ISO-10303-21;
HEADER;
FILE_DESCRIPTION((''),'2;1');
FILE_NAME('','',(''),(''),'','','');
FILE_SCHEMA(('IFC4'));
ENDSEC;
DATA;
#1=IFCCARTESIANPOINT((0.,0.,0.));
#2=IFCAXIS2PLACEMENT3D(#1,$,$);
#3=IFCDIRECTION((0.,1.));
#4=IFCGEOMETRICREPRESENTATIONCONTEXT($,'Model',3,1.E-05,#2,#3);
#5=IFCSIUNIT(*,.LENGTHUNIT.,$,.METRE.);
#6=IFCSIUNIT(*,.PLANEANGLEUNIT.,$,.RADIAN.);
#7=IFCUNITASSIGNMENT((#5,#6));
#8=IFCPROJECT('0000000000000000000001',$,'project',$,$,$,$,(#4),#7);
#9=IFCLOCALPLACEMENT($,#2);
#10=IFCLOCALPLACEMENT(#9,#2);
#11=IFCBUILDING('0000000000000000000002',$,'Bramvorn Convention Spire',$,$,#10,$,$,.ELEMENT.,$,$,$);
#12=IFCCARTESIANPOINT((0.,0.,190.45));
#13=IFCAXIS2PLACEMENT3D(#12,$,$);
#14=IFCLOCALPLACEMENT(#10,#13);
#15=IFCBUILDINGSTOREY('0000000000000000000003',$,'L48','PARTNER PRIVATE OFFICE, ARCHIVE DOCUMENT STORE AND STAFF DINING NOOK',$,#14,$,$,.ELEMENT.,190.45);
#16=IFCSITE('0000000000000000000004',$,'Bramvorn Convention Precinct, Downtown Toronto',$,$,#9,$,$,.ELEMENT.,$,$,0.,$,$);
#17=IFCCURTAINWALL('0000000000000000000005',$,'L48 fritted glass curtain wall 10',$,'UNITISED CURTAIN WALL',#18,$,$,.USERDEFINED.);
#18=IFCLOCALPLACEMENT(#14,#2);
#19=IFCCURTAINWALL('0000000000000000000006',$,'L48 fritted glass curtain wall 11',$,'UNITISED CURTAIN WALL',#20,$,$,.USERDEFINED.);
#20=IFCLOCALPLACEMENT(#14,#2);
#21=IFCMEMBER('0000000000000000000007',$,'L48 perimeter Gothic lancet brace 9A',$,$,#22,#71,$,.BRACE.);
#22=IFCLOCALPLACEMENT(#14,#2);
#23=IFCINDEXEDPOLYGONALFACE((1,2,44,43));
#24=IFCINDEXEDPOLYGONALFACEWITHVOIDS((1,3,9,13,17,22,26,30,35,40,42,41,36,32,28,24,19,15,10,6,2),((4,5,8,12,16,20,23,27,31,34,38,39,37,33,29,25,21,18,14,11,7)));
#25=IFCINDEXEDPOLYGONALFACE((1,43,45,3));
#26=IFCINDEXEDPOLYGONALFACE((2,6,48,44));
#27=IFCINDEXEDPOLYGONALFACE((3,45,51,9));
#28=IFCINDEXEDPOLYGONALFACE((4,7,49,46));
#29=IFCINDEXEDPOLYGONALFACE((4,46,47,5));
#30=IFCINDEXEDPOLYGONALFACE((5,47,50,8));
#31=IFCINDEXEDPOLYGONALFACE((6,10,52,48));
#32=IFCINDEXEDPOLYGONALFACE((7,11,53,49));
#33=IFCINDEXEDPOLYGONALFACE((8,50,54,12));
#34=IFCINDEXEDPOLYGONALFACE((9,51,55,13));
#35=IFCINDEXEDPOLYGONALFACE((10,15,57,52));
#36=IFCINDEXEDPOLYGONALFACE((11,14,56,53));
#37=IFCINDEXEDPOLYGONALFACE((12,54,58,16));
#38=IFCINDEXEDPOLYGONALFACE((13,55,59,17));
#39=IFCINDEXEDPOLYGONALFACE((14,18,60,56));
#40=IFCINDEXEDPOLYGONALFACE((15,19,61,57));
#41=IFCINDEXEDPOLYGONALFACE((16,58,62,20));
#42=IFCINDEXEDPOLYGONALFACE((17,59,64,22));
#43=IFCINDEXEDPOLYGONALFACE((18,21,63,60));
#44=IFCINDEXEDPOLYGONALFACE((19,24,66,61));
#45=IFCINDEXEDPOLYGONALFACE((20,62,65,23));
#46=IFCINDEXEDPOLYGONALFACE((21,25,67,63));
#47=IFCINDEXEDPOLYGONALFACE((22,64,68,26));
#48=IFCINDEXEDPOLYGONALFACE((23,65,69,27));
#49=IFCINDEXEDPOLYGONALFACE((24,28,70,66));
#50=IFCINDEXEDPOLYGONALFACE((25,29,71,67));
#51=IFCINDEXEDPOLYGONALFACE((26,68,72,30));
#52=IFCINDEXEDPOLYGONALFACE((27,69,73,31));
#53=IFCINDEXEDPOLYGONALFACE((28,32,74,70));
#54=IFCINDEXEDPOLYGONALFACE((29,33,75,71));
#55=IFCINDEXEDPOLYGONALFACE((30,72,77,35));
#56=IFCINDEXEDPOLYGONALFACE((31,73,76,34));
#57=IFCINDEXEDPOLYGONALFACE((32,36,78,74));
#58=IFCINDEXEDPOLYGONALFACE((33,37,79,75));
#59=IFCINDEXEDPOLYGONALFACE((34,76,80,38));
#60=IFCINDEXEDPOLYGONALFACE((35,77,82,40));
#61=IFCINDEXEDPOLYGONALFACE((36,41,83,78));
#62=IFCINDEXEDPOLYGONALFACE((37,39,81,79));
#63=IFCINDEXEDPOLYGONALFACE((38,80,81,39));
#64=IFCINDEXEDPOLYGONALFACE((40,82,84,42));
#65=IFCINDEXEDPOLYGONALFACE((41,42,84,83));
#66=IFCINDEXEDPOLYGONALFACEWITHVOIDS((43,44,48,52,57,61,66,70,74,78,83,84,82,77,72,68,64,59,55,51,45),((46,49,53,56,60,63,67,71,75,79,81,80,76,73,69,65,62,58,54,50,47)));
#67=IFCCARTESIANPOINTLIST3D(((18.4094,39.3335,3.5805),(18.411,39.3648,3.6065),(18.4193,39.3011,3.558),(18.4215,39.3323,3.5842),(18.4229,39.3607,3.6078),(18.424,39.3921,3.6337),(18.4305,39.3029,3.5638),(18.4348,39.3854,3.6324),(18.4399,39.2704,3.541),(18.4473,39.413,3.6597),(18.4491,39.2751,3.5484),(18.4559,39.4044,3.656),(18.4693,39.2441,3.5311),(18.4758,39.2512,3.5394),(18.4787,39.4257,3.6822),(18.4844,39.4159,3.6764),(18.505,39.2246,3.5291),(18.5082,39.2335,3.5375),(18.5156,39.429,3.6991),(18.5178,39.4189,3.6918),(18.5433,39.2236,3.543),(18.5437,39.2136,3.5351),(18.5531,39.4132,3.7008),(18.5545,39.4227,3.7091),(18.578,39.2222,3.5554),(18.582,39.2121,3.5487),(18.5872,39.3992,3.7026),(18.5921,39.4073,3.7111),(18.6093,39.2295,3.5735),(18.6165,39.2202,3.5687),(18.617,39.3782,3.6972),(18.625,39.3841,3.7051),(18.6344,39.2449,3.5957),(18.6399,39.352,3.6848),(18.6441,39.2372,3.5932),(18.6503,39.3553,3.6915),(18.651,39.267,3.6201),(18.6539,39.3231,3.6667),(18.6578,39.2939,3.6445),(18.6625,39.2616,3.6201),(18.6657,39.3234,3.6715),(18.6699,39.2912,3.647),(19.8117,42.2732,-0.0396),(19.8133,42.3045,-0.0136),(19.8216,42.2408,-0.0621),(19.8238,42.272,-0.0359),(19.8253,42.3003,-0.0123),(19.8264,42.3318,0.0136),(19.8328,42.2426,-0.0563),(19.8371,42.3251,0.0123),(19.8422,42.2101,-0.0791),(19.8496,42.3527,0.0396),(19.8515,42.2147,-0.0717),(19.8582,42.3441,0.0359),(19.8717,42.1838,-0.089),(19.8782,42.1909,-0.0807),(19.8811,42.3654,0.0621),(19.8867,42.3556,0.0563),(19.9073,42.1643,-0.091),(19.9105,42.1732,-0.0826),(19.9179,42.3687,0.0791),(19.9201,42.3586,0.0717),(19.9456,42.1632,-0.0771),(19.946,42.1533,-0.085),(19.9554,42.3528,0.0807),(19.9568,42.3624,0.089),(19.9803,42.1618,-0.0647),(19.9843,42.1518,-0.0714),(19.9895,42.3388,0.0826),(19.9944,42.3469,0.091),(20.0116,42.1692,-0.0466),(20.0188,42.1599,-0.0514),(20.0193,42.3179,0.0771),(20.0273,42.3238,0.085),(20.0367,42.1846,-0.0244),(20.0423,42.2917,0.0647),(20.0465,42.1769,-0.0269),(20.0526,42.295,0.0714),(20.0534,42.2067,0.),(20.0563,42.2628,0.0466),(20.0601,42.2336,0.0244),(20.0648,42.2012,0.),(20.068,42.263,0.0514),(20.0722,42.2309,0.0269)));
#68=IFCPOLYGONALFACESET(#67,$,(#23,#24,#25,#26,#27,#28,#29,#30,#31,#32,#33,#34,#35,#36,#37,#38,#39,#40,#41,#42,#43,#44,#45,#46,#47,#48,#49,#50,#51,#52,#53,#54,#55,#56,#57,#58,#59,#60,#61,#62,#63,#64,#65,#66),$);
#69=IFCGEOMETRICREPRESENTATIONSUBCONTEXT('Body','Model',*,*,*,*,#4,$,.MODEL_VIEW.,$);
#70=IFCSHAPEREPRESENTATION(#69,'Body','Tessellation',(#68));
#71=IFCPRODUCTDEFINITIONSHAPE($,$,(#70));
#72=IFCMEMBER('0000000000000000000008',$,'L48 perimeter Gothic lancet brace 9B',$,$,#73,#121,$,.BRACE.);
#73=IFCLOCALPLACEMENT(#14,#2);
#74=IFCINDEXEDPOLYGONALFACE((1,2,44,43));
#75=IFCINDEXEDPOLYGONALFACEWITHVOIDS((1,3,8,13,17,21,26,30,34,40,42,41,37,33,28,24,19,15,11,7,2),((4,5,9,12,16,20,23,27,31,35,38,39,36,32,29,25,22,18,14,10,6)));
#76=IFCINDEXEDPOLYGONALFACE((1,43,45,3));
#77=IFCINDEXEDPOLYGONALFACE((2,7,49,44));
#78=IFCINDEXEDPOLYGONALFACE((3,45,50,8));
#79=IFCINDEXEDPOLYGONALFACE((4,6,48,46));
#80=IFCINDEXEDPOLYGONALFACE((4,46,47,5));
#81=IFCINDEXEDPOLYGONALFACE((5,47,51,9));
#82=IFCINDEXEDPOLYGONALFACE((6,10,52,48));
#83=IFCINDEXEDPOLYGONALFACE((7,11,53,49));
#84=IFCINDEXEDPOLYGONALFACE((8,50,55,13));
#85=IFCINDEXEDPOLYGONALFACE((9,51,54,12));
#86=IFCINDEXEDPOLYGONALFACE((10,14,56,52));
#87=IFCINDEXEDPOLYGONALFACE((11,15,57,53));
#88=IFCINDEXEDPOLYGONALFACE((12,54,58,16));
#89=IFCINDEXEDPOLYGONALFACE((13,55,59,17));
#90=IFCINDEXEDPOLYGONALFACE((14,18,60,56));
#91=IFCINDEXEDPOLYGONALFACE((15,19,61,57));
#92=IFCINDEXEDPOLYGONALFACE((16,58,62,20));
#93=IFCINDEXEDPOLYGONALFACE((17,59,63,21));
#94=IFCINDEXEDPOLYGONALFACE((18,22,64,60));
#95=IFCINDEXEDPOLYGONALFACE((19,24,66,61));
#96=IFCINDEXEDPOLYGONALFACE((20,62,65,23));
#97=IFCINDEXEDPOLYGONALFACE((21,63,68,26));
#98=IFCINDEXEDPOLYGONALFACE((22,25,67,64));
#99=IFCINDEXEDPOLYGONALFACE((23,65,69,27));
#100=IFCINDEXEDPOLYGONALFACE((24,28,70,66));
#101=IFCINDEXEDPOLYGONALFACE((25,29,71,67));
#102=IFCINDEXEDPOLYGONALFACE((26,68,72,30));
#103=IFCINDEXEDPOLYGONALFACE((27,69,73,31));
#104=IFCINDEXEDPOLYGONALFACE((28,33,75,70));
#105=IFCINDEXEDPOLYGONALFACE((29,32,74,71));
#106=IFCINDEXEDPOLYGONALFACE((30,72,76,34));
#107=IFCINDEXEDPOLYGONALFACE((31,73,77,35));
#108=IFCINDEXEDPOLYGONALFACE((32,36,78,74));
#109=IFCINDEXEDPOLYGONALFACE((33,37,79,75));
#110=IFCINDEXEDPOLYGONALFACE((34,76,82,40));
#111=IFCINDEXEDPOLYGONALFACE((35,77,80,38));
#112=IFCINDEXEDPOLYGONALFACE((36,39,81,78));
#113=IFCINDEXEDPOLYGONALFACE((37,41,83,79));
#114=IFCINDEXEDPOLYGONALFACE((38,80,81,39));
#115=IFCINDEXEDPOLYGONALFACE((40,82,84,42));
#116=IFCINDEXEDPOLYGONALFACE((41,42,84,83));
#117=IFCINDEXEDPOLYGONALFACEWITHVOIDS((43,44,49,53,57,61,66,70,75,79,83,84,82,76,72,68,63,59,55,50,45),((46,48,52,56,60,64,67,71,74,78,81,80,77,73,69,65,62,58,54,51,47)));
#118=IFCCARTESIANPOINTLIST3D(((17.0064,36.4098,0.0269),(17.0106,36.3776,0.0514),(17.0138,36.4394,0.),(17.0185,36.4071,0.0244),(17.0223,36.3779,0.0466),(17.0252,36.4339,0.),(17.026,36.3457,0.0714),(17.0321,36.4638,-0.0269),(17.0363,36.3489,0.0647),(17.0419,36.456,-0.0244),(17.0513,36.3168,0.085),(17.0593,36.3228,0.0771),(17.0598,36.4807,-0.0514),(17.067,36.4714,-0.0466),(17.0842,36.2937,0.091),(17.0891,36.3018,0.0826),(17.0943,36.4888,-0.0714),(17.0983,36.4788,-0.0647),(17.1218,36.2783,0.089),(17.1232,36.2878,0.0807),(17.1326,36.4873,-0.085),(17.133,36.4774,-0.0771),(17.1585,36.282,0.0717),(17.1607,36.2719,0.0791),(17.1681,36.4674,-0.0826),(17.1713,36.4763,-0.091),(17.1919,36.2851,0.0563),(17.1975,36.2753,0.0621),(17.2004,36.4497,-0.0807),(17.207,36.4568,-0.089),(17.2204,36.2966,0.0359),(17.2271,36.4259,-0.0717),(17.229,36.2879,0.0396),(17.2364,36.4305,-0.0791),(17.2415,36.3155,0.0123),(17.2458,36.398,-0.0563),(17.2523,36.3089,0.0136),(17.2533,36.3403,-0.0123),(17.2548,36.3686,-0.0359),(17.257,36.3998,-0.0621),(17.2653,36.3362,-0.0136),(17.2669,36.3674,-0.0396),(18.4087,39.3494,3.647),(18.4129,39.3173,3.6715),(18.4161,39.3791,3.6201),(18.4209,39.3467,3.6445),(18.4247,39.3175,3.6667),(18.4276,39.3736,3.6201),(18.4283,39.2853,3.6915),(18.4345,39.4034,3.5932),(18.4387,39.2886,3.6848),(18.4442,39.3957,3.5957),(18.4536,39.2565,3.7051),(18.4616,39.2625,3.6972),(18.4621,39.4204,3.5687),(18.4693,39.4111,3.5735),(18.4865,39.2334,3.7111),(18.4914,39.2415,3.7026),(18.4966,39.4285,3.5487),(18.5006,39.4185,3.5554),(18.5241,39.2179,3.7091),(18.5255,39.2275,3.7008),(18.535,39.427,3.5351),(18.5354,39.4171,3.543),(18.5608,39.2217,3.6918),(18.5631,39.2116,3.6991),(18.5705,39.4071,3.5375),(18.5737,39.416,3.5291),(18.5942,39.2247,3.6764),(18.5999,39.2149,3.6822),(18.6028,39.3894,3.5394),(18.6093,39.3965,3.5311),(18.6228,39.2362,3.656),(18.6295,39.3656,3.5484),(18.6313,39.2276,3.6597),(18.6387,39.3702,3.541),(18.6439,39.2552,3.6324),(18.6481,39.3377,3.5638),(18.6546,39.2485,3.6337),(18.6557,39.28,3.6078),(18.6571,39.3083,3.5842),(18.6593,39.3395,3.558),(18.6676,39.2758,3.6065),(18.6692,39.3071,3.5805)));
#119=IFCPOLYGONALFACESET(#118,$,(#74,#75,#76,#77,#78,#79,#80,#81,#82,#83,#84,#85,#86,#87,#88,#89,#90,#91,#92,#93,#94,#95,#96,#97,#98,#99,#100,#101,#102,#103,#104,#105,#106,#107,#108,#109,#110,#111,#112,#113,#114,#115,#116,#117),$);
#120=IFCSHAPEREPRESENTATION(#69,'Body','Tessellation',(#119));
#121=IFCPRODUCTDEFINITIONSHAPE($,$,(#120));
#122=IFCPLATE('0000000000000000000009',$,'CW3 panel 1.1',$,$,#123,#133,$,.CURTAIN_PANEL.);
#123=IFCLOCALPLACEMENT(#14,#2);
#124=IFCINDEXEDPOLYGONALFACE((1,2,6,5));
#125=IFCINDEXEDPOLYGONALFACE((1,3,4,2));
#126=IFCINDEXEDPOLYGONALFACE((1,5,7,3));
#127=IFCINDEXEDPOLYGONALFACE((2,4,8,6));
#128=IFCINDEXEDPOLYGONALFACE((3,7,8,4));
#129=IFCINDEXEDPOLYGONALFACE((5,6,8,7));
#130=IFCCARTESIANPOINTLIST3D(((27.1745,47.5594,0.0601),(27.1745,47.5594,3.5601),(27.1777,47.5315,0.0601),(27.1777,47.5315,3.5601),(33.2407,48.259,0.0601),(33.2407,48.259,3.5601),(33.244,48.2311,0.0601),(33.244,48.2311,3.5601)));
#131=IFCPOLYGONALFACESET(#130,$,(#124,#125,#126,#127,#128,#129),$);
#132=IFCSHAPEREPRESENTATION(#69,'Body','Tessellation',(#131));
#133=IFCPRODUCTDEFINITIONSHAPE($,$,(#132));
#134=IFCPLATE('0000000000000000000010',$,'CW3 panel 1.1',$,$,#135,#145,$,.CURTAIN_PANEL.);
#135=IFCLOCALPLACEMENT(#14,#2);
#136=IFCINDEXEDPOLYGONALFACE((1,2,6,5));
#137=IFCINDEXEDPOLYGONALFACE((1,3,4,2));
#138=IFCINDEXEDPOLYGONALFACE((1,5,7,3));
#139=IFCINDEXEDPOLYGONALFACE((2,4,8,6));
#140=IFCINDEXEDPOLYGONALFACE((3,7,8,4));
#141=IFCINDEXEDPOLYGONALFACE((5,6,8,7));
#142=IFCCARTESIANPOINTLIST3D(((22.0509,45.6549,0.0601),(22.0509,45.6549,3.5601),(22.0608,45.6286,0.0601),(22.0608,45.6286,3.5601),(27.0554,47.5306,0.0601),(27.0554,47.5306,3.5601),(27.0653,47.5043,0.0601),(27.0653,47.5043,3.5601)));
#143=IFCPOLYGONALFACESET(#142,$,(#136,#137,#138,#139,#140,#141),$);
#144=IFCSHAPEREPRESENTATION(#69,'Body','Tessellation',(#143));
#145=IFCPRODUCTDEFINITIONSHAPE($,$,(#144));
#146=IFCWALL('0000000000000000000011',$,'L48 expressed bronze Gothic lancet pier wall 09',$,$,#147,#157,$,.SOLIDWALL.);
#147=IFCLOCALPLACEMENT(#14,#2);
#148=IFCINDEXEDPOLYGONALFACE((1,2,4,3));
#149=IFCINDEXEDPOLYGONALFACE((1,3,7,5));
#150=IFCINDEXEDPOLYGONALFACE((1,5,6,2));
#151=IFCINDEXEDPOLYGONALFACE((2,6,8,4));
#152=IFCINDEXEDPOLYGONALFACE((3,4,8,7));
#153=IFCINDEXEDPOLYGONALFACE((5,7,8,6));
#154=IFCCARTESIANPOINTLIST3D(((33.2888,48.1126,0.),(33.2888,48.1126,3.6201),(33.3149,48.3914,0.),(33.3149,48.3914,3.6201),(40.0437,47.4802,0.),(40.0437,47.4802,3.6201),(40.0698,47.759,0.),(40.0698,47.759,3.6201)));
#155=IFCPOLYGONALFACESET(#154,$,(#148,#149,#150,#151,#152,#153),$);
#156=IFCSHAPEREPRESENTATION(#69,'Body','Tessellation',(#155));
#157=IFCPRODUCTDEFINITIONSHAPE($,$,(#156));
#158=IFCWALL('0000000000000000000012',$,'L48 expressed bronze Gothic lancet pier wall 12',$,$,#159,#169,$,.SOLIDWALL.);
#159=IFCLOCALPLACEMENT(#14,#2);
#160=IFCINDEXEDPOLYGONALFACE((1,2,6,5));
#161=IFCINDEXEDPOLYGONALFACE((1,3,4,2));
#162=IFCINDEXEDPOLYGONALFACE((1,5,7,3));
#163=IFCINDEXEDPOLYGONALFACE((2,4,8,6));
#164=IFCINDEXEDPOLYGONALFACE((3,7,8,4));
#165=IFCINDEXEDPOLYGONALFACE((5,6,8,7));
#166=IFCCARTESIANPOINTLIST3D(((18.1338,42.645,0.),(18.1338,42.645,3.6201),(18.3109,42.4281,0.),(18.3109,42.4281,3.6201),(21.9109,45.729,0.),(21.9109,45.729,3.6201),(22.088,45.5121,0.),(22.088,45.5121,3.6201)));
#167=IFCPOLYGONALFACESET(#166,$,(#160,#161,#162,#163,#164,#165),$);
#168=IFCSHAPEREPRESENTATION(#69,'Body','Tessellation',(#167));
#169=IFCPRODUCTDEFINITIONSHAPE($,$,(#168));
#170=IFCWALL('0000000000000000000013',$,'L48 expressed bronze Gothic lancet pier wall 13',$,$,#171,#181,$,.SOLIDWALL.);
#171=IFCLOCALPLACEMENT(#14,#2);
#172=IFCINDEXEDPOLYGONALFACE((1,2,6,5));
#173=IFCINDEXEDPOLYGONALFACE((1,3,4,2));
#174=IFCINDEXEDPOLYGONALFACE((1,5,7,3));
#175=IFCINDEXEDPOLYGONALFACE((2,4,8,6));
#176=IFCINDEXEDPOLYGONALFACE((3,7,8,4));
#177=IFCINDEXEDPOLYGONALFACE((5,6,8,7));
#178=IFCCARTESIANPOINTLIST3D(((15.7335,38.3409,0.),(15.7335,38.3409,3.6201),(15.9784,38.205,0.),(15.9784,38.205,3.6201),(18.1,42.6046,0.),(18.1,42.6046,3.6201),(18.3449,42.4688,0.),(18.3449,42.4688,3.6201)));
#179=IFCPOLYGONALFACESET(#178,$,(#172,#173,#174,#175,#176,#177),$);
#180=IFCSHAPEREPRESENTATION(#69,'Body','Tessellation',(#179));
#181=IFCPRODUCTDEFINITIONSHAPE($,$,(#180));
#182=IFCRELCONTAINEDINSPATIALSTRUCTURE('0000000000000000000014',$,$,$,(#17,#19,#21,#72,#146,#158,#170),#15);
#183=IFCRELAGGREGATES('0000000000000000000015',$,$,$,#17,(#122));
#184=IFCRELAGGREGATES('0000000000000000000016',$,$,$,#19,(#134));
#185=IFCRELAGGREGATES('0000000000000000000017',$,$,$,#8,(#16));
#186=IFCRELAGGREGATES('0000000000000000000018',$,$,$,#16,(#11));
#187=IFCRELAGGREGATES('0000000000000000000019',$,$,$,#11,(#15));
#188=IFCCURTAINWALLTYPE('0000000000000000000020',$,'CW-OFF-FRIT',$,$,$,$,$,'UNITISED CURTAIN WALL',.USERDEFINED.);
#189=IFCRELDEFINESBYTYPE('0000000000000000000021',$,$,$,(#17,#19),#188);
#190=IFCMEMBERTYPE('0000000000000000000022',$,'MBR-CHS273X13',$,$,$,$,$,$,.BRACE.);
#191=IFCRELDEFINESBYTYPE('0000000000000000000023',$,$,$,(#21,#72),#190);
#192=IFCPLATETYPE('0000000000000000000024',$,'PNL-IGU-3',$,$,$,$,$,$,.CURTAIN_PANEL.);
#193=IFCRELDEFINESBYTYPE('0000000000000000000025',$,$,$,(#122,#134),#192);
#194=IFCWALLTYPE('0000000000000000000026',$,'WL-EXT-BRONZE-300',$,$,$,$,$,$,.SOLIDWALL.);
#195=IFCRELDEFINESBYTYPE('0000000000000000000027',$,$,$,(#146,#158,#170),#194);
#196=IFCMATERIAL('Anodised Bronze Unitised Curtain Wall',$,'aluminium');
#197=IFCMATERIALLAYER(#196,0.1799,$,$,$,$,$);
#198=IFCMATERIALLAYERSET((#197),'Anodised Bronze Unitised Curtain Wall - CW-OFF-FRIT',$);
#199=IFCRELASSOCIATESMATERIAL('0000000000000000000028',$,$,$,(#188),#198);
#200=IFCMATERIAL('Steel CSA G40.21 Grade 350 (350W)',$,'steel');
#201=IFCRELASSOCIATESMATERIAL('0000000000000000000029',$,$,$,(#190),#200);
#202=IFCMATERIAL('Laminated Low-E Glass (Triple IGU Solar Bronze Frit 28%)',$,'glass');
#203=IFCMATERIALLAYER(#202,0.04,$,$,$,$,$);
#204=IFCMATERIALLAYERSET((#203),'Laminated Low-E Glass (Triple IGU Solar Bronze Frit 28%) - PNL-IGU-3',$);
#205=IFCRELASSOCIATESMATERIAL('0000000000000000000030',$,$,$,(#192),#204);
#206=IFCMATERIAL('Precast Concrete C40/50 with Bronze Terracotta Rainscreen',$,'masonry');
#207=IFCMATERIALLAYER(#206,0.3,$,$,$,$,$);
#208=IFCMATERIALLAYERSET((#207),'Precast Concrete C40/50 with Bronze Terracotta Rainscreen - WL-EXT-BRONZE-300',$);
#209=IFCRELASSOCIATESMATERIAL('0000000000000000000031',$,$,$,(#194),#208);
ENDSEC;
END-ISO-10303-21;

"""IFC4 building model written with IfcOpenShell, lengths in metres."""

from ifc_helpers import new_model, si_unit, direction, frame, frame_2d, origin, origin_2d, place, context, subcontext, project, spatial, rectangle, hollow_circle, extrude, material, layer, layer_set, material_profile, profile_set, type_object, element, aggregate, save


model = new_model("IFC4")

# Units and contexts
model_context = context("Model", 3, precision=1e-05, world=origin(), true_north=direction((0.0, 1.0)))
body_context = subcontext(model_context, "Body", "Model", "MODEL_VIEW")
ifc_project = project(units=[si_unit("LENGTHUNIT", "METRE"), si_unit("PLANEANGLEUNIT", "RADIAN")], contexts=[model_context])

# Site, building, storey
site_placement = place(None, origin())
site = spatial("IfcSite", under=ifc_project, at=site_placement, Name="Bramvorn Convention Precinct, Downtown Toronto", CompositionType="ELEMENT", RefElevation=0.0)
building_placement = place(site_placement, origin())
building = spatial("IfcBuilding", under=site, at=building_placement, Name="Bramvorn Convention Spire", CompositionType="ELEMENT")
storey_placement = place(building_placement, frame((0.0, 0.0, 190.45)))
storey = spatial("IfcBuildingStorey", under=building, at=storey_placement, Name="L48", Description="PARTNER PRIVATE OFFICE, ARCHIVE DOCUMENT STORE AND STAFF DINING NOOK", CompositionType="ELEMENT", Elevation=190.45)

# Shared definitions
ifc_material_1 = material(Name="Steel CSA G40.21 Grade 350 (350W)", Category="steel")

# Curtain walls
ifc_material_2 = material(Name="Anodised Bronze Unitised Curtain Wall", Category="aluminium")
ifc_layer_1 = layer(ifc_material_2, 0.1799)
ifc_layer_set_1 = layer_set([ifc_layer_1], Name="Anodised Bronze Unitised Curtain Wall - CW-OFF-FRIT")
curtain_wall_type = type_object("IfcCurtainWallType", Name="CW-OFF-FRIT", ElementType="UNITISED CURTAIN WALL", PredefinedType="USERDEFINED", material=ifc_layer_set_1)
curtain_wall_1_placement = place(storey_placement, origin())
curtain_wall_1 = element("IfcCurtainWall", 1, at=curtain_wall_1_placement, inside=storey, type_object=curtain_wall_type, Name="L48 fritted glass curtain wall 10", ObjectType="UNITISED CURTAIN WALL", PredefinedType="USERDEFINED")
curtain_wall_2_placement = place(storey_placement, origin())
curtain_wall_2 = element("IfcCurtainWall", 2, at=curtain_wall_2_placement, inside=storey, type_object=curtain_wall_type, Name="L48 fritted glass curtain wall 11", ObjectType="UNITISED CURTAIN WALL", PredefinedType="USERDEFINED")

# Members
ifc_material_profile_1 = material_profile(ifc_material_1, hollow_circle(Radius=0.1365, WallThickness=0.0127, at=origin_2d()))
ifc_profile_set_1 = profile_set([ifc_material_profile_1], Name="Steel CSA G40.21 Grade 350 (350W) - CHS273X13")
member_type_1 = type_object("IfcMemberType", Name="MBR-CHS273X13", PredefinedType="BRACE", material=ifc_profile_set_1)
for number, where, z_axis, x_axis, name in (
    (3, (19.9417, 42.26, 0.0), (-0.287975, -0.603675, 0.743402), (0.902564, -0.430556, 0.0), "L48 perimeter Gothic lancet brace 9A"),
    (4, (17.137, 36.3806, 0.0), (0.287975, 0.603675, 0.743402), (-0.902564, 0.430556, 0.0), "L48 perimeter Gothic lancet brace 9B"),
):
    element("IfcMember", number, at=place(storey_placement, frame(where, z_axis=z_axis, x_axis=x_axis)), inside=storey, type_object=member_type_1, Name=name, PredefinedType="BRACE", context=body_context, shape_type="SweptSolid", body=[
        extrude(hollow_circle(Radius=0.1365, WallThickness=0.0127, at=origin_2d()), origin(), (0.0, 0.0, 1.0), 4.8696),
    ])

# Plates
ifc_material_3 = material(Name="Laminated Low-E Glass (Triple IGU Solar Bronze Frit 28%)", Category="glass")
ifc_layer_2 = layer(ifc_material_3, 0.04)
ifc_layer_set_2 = layer_set([ifc_layer_2], Name="Laminated Low-E Glass (Triple IGU Solar Bronze Frit 28%) - PNL-IGU-3")
plate_type = type_object("IfcPlateType", Name="PNL-IGU-3", PredefinedType="CURTAIN_PANEL", material=ifc_layer_set_2)
plate_1_placement = place(storey_placement, frame((30.2092, 47.8953, 0.0601), z_axis=(0.0, 0.0, 1.0), x_axis=(0.993416, 0.114561, 0.0)))
plate_1 = element("IfcPlate", 5, at=plate_1_placement, type_object=plate_type, Name="CW3 panel 1.1", PredefinedType="CURTAIN_PANEL", context=body_context, shape_type="SweptSolid", body=[
    extrude(rectangle(XDim=6.1064, YDim=0.0281, at=origin_2d()), origin(), (0.0, 0.0, 1.0), 3.5),
])
aggregate(curtain_wall_1, [plate_1])
plate_2_placement = place(storey_placement, frame((24.5581, 46.5796, 0.0601), z_axis=(0.0, 0.0, 1.0), x_axis=(0.936386, 0.350973, 0.0)))
plate_2 = element("IfcPlate", 6, at=plate_2_placement, type_object=plate_type, Name="CW3 panel 1.1", PredefinedType="CURTAIN_PANEL", context=body_context, shape_type="SweptSolid", body=[
    extrude(rectangle(XDim=5.3445, YDim=0.0281, at=origin_2d()), origin(), (0.0, 0.0, 1.0), 3.5),
])
aggregate(curtain_wall_2, [plate_2])

# Walls
ifc_material_4 = material(Name="Precast Concrete C40/50 with Bronze Terracotta Rainscreen", Category="masonry")
ifc_layer_3 = layer(ifc_material_4, 0.3)
ifc_layer_set_3 = layer_set([ifc_layer_3], Name="Precast Concrete C40/50 with Bronze Terracotta Rainscreen - WL-EXT-BRONZE-300")
wall_type_1 = type_object("IfcWallType", Name="WL-EXT-BRONZE-300", PredefinedType="SOLIDWALL", material=ifc_layer_set_3)
wall_1_placement = place(storey_placement, frame((33.302, 48.252, 0.0), z_axis=(0.0, 0.0, 1.0), x_axis=(0.995647, -0.093202, 0.0)))
element("IfcWall", 7, at=wall_1_placement, inside=storey, type_object=wall_type_1, Name="L48 expressed bronze Gothic lancet pier wall 09", PredefinedType="SOLIDWALL", context=body_context, shape_type="SweptSolid", body=[
    extrude(rectangle(XDim=6.7844, YDim=0.28, at=frame_2d((3.3921, 0.0))), origin(), (0.0, 0.0, 1.0), 3.6201),
])
wall_2_placement = place(storey_placement, frame((18.2224, 42.5366, 0.0), z_axis=(0.0, 0.0, 1.0), x_axis=(0.774597, 0.632455, 0.0)))
element("IfcWall", 8, at=wall_2_placement, inside=storey, type_object=wall_type_1, Name="L48 expressed bronze Gothic lancet pier wall 12", PredefinedType="SOLIDWALL", context=body_context, shape_type="SweptSolid", body=[
    extrude(rectangle(XDim=4.8762, YDim=0.28, at=frame_2d((2.438, 0.0))), origin(), (0.0, 0.0, 1.0), 3.6201),
])
wall_3_placement = place(storey_placement, frame((15.856, 38.2729, 0.0), z_axis=(0.0, 0.0, 1.0), x_axis=(0.48529, 0.874353, 0.0)))
element("IfcWall", 9, at=wall_3_placement, inside=storey, type_object=wall_type_1, Name="L48 expressed bronze Gothic lancet pier wall 13", PredefinedType="SOLIDWALL", context=body_context, shape_type="SweptSolid", body=[
    extrude(rectangle(XDim=4.8765, YDim=0.28, at=frame_2d((2.4382, 0.0))), origin(), (0.0, 0.0, 1.0), 3.6201),
])

save(model, "model.ifc")
